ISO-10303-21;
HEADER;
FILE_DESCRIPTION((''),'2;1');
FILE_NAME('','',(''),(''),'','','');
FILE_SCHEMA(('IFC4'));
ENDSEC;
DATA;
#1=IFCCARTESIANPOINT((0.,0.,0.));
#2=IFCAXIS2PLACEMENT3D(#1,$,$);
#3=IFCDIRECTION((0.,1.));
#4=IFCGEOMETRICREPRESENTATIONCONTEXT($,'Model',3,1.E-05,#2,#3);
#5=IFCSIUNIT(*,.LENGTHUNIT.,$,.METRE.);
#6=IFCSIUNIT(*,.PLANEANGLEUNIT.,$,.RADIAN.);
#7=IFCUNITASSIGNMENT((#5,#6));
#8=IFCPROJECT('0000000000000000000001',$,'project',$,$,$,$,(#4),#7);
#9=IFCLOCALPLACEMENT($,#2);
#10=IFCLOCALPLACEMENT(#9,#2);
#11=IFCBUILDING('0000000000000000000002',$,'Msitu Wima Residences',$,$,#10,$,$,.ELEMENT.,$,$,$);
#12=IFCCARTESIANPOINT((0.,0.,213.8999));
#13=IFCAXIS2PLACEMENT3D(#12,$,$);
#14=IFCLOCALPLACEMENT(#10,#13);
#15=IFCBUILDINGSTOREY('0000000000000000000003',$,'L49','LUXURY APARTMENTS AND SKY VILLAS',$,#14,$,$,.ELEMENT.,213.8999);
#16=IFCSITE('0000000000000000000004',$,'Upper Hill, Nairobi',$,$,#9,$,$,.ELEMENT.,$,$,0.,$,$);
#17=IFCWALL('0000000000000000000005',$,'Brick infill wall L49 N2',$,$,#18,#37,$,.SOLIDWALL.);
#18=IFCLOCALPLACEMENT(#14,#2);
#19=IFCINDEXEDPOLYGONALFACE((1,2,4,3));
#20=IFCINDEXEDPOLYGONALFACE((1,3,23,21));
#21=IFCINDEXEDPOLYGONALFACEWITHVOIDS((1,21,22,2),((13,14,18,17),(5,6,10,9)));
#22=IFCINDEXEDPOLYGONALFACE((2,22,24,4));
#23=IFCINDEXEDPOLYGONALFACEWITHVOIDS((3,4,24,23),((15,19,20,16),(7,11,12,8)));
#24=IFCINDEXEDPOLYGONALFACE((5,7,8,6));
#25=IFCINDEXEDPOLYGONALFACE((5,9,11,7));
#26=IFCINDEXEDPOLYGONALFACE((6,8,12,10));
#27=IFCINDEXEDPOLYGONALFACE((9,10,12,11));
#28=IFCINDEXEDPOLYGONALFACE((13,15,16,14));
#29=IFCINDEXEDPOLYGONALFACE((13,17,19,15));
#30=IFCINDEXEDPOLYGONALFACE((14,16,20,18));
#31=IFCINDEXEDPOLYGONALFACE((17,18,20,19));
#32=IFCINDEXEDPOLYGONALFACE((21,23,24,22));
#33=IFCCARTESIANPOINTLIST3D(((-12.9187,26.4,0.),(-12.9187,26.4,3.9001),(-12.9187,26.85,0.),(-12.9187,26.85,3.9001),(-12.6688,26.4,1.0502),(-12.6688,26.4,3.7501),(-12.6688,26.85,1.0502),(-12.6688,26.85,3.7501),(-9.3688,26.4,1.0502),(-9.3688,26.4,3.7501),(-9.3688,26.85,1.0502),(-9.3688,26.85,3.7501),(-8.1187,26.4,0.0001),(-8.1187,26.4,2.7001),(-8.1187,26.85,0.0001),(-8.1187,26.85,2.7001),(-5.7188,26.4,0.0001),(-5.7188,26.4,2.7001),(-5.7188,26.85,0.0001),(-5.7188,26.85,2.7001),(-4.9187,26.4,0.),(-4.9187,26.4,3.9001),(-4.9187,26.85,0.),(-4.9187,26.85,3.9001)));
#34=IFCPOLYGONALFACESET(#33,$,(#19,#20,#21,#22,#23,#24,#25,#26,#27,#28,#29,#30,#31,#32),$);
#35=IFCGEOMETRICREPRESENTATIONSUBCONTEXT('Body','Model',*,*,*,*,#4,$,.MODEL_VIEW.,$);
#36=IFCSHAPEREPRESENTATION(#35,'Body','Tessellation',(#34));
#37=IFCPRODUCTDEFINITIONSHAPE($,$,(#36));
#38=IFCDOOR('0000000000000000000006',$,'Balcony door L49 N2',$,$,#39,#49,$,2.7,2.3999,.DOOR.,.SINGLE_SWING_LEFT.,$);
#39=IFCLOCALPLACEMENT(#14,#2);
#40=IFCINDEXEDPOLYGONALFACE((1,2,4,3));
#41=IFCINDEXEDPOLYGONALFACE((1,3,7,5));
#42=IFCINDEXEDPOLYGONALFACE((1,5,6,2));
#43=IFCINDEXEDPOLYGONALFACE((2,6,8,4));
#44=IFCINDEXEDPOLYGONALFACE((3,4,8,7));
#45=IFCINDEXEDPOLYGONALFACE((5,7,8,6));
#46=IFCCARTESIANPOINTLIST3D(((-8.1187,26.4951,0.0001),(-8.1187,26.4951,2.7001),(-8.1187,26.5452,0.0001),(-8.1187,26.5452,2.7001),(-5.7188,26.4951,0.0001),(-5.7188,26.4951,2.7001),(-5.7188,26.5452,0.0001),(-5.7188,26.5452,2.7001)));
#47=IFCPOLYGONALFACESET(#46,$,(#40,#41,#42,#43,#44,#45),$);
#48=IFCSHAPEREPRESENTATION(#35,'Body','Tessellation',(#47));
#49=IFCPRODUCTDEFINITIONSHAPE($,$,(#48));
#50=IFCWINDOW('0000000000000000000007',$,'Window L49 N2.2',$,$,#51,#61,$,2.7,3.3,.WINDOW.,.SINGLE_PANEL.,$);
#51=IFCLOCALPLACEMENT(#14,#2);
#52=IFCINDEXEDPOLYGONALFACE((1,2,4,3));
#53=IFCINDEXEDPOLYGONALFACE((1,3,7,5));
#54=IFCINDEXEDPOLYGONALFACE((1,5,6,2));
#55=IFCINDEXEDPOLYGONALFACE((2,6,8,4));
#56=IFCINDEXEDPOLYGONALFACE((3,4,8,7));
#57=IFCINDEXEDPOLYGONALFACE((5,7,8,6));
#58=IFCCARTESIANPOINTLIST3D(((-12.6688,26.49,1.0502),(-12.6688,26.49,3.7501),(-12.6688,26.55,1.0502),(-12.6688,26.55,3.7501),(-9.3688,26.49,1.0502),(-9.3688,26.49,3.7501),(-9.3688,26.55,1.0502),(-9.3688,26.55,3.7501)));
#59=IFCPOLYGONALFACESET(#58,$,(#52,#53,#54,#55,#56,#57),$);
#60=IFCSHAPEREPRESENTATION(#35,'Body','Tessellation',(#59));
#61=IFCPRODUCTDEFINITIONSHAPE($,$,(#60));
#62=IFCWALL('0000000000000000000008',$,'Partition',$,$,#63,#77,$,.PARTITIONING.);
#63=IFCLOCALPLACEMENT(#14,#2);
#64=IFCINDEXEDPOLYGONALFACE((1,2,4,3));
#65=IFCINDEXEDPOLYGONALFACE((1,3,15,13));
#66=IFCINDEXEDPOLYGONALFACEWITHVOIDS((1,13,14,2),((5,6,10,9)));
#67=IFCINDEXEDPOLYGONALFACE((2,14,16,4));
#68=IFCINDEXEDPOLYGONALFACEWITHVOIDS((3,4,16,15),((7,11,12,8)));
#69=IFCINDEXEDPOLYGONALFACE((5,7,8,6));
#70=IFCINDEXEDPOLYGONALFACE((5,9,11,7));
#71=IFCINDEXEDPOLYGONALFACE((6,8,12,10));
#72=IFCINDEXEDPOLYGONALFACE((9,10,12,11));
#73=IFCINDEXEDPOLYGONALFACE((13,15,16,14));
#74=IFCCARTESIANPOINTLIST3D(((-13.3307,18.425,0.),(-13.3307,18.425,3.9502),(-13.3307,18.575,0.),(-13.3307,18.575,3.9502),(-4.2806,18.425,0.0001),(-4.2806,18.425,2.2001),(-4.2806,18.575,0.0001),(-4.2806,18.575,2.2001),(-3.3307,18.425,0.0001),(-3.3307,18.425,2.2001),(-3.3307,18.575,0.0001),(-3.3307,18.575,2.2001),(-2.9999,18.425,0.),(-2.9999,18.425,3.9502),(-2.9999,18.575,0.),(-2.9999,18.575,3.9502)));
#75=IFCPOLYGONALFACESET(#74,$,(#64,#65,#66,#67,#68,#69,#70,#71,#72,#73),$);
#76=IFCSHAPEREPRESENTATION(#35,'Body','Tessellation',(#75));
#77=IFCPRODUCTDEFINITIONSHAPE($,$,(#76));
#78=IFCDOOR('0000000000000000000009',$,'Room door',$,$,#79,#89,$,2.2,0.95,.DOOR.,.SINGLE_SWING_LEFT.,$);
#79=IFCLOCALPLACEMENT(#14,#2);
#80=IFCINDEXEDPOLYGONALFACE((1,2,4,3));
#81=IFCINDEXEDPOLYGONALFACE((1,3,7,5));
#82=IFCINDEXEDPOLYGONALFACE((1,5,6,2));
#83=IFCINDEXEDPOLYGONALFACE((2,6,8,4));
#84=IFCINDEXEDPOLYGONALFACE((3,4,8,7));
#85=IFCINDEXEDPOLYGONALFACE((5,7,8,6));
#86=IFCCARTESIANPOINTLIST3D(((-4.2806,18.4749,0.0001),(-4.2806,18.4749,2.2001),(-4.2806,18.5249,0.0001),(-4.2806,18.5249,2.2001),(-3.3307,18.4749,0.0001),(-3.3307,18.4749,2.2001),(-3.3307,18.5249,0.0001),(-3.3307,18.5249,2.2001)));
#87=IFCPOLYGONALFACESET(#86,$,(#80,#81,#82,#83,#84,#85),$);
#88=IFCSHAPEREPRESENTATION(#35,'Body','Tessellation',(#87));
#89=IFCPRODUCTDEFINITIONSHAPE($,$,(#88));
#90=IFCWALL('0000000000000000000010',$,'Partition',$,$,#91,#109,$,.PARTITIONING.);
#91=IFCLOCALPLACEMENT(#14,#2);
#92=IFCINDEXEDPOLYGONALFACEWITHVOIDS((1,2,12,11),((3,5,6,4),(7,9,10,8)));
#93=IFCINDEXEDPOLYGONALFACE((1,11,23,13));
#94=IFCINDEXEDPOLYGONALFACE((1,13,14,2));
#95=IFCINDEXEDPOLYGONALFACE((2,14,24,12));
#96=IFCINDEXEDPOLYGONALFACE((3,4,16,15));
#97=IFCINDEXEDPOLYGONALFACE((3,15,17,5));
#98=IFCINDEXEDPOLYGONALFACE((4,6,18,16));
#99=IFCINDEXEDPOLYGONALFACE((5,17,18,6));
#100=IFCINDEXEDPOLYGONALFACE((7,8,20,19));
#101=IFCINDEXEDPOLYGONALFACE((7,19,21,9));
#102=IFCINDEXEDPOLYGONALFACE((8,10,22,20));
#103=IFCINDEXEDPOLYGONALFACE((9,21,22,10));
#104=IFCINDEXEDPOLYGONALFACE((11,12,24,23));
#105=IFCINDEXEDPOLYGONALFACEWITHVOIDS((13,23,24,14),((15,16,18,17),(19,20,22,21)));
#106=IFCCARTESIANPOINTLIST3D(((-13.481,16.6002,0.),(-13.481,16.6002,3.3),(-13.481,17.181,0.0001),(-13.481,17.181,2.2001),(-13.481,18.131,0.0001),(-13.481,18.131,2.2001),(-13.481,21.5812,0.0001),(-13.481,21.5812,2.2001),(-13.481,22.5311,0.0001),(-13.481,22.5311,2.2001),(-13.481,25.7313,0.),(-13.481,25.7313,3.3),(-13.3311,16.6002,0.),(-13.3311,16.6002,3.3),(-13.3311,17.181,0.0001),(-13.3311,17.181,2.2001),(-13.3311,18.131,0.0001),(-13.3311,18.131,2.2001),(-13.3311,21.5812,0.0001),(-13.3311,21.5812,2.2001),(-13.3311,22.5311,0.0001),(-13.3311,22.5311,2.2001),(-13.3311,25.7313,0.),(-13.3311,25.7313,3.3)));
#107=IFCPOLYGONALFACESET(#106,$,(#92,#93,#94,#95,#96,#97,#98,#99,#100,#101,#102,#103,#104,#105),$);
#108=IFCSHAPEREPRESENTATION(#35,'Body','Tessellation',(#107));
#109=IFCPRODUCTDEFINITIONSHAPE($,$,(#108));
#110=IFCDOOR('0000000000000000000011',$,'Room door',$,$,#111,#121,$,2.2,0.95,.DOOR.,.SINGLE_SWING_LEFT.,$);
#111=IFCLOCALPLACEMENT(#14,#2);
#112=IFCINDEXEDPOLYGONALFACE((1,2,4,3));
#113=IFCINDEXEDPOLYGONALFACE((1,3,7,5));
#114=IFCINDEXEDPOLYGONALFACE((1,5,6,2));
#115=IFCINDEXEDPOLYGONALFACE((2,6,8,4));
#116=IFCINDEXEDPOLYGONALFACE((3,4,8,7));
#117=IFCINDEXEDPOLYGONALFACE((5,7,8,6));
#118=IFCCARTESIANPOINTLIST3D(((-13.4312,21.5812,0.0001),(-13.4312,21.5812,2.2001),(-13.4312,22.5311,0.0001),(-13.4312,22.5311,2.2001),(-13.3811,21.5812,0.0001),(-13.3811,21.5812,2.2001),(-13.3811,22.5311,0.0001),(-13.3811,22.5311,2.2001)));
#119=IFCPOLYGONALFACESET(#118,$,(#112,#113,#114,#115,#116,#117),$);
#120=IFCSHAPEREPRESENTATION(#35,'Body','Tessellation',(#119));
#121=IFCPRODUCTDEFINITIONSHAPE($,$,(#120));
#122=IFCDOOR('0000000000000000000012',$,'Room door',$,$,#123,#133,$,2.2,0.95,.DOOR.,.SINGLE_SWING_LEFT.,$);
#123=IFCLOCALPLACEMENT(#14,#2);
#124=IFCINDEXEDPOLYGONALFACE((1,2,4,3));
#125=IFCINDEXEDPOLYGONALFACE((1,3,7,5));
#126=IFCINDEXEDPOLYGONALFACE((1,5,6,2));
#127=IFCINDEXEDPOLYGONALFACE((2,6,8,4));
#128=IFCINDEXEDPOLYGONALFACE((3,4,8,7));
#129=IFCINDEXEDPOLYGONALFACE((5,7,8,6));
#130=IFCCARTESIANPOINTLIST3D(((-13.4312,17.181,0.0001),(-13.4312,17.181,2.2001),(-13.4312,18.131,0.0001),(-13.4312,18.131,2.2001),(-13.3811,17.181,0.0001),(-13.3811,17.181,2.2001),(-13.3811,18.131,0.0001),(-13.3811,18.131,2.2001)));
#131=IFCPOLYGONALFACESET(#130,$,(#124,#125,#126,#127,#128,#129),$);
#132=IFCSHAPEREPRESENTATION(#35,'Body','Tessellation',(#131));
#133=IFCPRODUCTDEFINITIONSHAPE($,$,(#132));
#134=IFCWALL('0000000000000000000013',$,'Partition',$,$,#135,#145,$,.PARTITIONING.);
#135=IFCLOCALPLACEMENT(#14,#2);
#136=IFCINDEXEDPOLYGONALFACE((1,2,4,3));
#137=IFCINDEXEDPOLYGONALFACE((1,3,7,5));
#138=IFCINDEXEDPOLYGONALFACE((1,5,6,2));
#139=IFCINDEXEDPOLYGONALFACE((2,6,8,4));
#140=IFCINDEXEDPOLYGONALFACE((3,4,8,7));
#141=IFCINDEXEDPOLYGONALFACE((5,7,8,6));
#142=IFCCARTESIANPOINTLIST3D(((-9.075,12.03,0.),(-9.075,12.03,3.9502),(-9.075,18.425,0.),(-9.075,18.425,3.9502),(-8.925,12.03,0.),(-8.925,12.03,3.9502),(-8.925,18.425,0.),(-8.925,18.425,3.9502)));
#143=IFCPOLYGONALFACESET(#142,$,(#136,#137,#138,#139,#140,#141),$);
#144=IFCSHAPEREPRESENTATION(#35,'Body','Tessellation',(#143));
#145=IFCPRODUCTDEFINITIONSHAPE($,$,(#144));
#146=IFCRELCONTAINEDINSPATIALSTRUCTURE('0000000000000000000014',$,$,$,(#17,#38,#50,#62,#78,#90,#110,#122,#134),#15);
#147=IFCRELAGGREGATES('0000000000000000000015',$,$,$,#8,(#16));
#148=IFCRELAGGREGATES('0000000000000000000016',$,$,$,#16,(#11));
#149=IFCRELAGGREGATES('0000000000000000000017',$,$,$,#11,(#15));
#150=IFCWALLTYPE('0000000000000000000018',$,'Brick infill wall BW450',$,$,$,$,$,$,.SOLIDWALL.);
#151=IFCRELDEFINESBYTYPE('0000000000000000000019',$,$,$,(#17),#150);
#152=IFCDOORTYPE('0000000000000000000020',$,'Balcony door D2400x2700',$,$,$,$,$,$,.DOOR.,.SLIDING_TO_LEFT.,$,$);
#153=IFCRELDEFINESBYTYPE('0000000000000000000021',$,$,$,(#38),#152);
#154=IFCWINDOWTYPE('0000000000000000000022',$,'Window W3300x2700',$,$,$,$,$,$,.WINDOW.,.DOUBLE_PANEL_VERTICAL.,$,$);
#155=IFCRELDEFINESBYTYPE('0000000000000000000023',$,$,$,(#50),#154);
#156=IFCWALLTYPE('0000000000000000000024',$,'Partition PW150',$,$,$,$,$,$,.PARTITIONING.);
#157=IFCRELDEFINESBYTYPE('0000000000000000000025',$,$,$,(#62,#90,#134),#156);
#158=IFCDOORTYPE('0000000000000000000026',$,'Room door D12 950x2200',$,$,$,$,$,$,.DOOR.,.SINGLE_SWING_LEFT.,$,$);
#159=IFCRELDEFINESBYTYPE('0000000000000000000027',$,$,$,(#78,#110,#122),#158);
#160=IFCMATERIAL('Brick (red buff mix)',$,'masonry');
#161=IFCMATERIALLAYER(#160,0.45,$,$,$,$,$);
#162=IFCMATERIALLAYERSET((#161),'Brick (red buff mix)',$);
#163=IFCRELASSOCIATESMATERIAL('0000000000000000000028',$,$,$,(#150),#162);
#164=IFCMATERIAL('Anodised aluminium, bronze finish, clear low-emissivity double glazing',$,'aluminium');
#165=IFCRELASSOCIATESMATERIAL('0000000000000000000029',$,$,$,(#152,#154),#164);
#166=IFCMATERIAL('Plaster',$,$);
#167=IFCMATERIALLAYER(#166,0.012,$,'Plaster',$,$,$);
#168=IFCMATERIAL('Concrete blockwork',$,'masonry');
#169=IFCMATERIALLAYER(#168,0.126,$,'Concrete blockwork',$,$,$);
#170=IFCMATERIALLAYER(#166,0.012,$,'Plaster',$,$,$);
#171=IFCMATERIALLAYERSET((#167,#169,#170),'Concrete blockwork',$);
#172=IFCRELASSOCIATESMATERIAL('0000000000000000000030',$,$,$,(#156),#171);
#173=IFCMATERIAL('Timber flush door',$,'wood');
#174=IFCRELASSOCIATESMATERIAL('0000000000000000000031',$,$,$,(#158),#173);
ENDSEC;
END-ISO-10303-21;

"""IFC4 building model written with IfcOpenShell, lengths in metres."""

from ifc_helpers import new_model, si_unit, direction, frame, frame_2d, origin, place, context, subcontext, project, spatial, rectangle, extrude, material, layer, layer_set, type_object, element, fill, save


model = new_model("IFC4")

# Units and contexts
model_context = context("Model", 3, precision=1e-05, world=origin(), true_north=direction((0.0, 1.0)))
body_context = subcontext(model_context, "Body", "Model", "MODEL_VIEW")
ifc_project = project(units=[si_unit("LENGTHUNIT", "METRE"), si_unit("PLANEANGLEUNIT", "RADIAN")], contexts=[model_context])

# Site, building, storey
site_placement = place(None, origin())
site = spatial("IfcSite", under=ifc_project, at=site_placement, Name="Upper Hill, Nairobi", CompositionType="ELEMENT", RefElevation=0.0)
building_placement = place(site_placement, origin())
building = spatial("IfcBuilding", under=site, at=building_placement, Name="Msitu Wima Residences", CompositionType="ELEMENT")
storey_placement = place(building_placement, frame((0.0, 0.0, 213.8999)))
storey = spatial("IfcBuildingStorey", under=building, at=storey_placement, Name="L49", Description="LUXURY APARTMENTS AND SKY VILLAS", CompositionType="ELEMENT", Elevation=213.8999)

# Wall, openings, door, window
ifc_material_1 = material(Name="Brick (red buff mix)", Category="masonry")
ifc_layer_1 = layer(ifc_material_1, 0.45)
ifc_layer_set_1 = layer_set([ifc_layer_1], Name="Brick (red buff mix)")
wall_type_1 = type_object("IfcWallType", Name="Brick infill wall BW450", PredefinedType="SOLIDWALL", material=ifc_layer_set_1)
wall_1_placement = place(storey_placement, frame((-4.9187, 26.625, 0.0), z_axis=(0.0, 0.0, 1.0), x_axis=(-1.0, 0.0, 0.0)))
wall_1 = element("IfcWall", 1, at=wall_1_placement, inside=storey, type_object=wall_type_1, Name="Brick infill wall L49 N2", PredefinedType="SOLIDWALL", context=body_context, shape_type="SweptSolid", body=[
    extrude(rectangle(XDim=8.0, YDim=0.45, at=frame_2d((4.0, 0.0))), origin(), (0.0, 0.0, 1.0), 3.9001),
])
opening_1_placement = place(wall_1_placement, frame((0.8, 0.0, 0.0)))
opening_1 = element("IfcOpeningElement", 2, at=opening_1_placement, cuts=wall_1, PredefinedType="OPENING", context=body_context, shape_type="SweptSolid", body=[
    extrude(rectangle(XDim=2.3999, YDim=2.7, at=frame_2d((1.2, 1.3501))), frame((0.0, 0.2349, 0.0), z_axis=(0.0, -1.0, 0.0), x_axis=(1.0, 0.0, 0.0)), (0.0, 0.0, 1.0), 0.47),
])
opening_2_placement = place(wall_1_placement, frame((4.4502, 0.0, 1.05)))
opening_2 = element("IfcOpeningElement", 3, at=opening_2_placement, cuts=wall_1, PredefinedType="OPENING", context=body_context, shape_type="SweptSolid", body=[
    extrude(rectangle(XDim=3.3, YDim=2.7, at=frame_2d((1.6499, 1.3501))), frame((0.0, 0.2349, 0.0), z_axis=(0.0, -1.0, 0.0), x_axis=(1.0, 0.0, 0.0)), (0.0, 0.0, 1.0), 0.47),
])
ifc_material_2 = material(Name="Anodised aluminium, bronze finish, clear low-emissivity double glazing", Category="aluminium")
door_type_1 = type_object("IfcDoorType", Name="Balcony door D2400x2700", OperationType="SLIDING_TO_LEFT", PredefinedType="DOOR", material=ifc_material_2)
door_1_placement = place(opening_1_placement, origin())
door_1 = element("IfcDoor", 4, at=door_1_placement, inside=storey, type_object=door_type_1, Name="Balcony door L49 N2", OperationType="SINGLE_SWING_LEFT", OverallHeight=2.7, OverallWidth=2.3999, PredefinedType="DOOR", context=body_context, shape_type="SweptSolid", body=[
    extrude(rectangle(XDim=2.3999, YDim=2.7, at=frame_2d((1.2, 1.3501))), frame((0.0, 0.1299, 0.0), z_axis=(0.0, -1.0, 0.0), x_axis=(1.0, 0.0, 0.0)), (0.0, 0.0, 1.0), 0.05),
])
fill(opening_1, door_1)
window_type = type_object("IfcWindowType", Name="Window W3300x2700", PartitioningType="DOUBLE_PANEL_VERTICAL", PredefinedType="WINDOW", material=ifc_material_2)
window_placement = place(opening_2_placement, origin())
window = element("IfcWindow", 5, at=window_placement, inside=storey, type_object=window_type, Name="Window L49 N2.2", OverallHeight=2.7, OverallWidth=3.3, PartitioningType="SINGLE_PANEL", PredefinedType="WINDOW", context=body_context, shape_type="SweptSolid", body=[
    extrude(rectangle(XDim=3.3, YDim=2.7, at=frame_2d((1.6499, 1.3501))), frame((0.0, 0.135, 0.0), z_axis=(0.0, -1.0, 0.0), x_axis=(1.0, 0.0, 0.0)), (0.0, 0.0, 1.0), 0.0601),
])
fill(opening_2, window)

# Wall, opening, door
ifc_material_3 = material(Name="Plaster")
ifc_layer_2 = layer(ifc_material_3, 0.012, Name="Plaster")
ifc_material_4 = material(Name="Concrete blockwork", Category="masonry")
ifc_layer_3 = layer(ifc_material_4, 0.126, Name="Concrete blockwork")
ifc_layer_4 = layer(ifc_material_3, 0.012, Name="Plaster")
ifc_layer_set_2 = layer_set([ifc_layer_2, ifc_layer_3, ifc_layer_4], Name="Concrete blockwork")
wall_type_2 = type_object("IfcWallType", Name="Partition PW150", PredefinedType="PARTITIONING", material=ifc_layer_set_2)
wall_2_placement = place(storey_placement, frame((-13.3308, 18.5, 0.0), z_axis=(0.0, 0.0, 1.0), x_axis=(1.0, 0.0, 0.0)))
wall_2 = element("IfcWall", 6, at=wall_2_placement, inside=storey, type_object=wall_type_2, Name="Partition", PredefinedType="PARTITIONING", context=body_context, shape_type="SweptSolid", body=[
    extrude(rectangle(XDim=10.3308, YDim=0.1499, at=frame_2d((5.1655, 0.0))), origin(), (0.0, 0.0, 1.0), 3.9502),
])
opening_3_placement = place(wall_2_placement, frame((9.05, 0.0, 0.0)))
opening_3 = element("IfcOpeningElement", 7, at=opening_3_placement, cuts=wall_2, PredefinedType="OPENING", context=body_context, shape_type="SweptSolid", body=[
    extrude(rectangle(XDim=0.95, YDim=2.2, at=frame_2d((0.4751, 1.1001))), frame((0.0, 0.085, 0.0), z_axis=(0.0, -1.0, 0.0), x_axis=(1.0, 0.0, 0.0)), (0.0, 0.0, 1.0), 0.1699),
])
ifc_material_5 = material(Name="Timber flush door", Category="wood")
door_type_2 = type_object("IfcDoorType", Name="Room door D12 950x2200", OperationType="SINGLE_SWING_LEFT", PredefinedType="DOOR", material=ifc_material_5)
door_2_placement = place(opening_3_placement, origin())
door_2 = element("IfcDoor", 8, at=door_2_placement, inside=storey, type_object=door_type_2, Name="Room door", OperationType="SINGLE_SWING_LEFT", OverallHeight=2.2, OverallWidth=0.95, PredefinedType="DOOR", context=body_context, shape_type="SweptSolid", body=[
    extrude(rectangle(XDim=0.95, YDim=2.2, at=frame_2d((0.4751, 1.1001))), frame((0.0, 0.0249, 0.0), z_axis=(0.0, -1.0, 0.0), x_axis=(1.0, 0.0, 0.0)), (0.0, 0.0, 1.0), 0.05),
])
fill(opening_3, door_2)

# Wall, openings, doors
wall_3_placement = place(storey_placement, frame((-13.406, 25.7312, 0.0), z_axis=(0.0, 0.0, 1.0), x_axis=(0.0, -1.0, 0.0)))
wall_3 = element("IfcWall", 9, at=wall_3_placement, inside=storey, type_object=wall_type_2, Name="Partition", PredefinedType="PARTITIONING", context=body_context, shape_type="SweptSolid", body=[
    extrude(rectangle(XDim=9.1311, YDim=0.1499, at=frame_2d((4.5654, 0.0))), origin(), (0.0, 0.0, 1.0), 3.3),
])
opening_4_placement = place(wall_3_placement, frame((3.2, 0.0, 0.0)))
opening_4 = element("IfcOpeningElement", 10, at=opening_4_placement, cuts=wall_3, PredefinedType="OPENING", context=body_context, shape_type="SweptSolid", body=[
    extrude(rectangle(XDim=0.95, YDim=2.2, at=frame_2d((0.4751, 1.1001))), frame((0.0, 0.085, 0.0), z_axis=(0.0, -1.0, 0.0), x_axis=(1.0, 0.0, 0.0)), (0.0, 0.0, 1.0), 0.1699),
])
opening_5_placement = place(wall_3_placement, frame((7.6001, 0.0, 0.0)))
opening_5 = element("IfcOpeningElement", 11, at=opening_5_placement, cuts=wall_3, PredefinedType="OPENING", context=body_context, shape_type="SweptSolid", body=[
    extrude(rectangle(XDim=0.95, YDim=2.2, at=frame_2d((0.4751, 1.1001))), frame((0.0, 0.085, 0.0), z_axis=(0.0, -1.0, 0.0), x_axis=(1.0, 0.0, 0.0)), (0.0, 0.0, 1.0), 0.1699),
])
door_3_placement = place(opening_4_placement, origin())
door_3 = element("IfcDoor", 12, at=door_3_placement, inside=storey, type_object=door_type_2, Name="Room door", OperationType="SINGLE_SWING_LEFT", OverallHeight=2.2, OverallWidth=0.95, PredefinedType="DOOR", context=body_context, shape_type="SweptSolid", body=[
    extrude(rectangle(XDim=0.95, YDim=2.2, at=frame_2d((0.4751, 1.1001))), frame((0.0, 0.0249, 0.0), z_axis=(0.0, -1.0, 0.0), x_axis=(1.0, 0.0, 0.0)), (0.0, 0.0, 1.0), 0.05),
])
fill(opening_4, door_3)
door_4_placement = place(opening_5_placement, origin())
door_4 = element("IfcDoor", 13, at=door_4_placement, inside=storey, type_object=door_type_2, Name="Room door", OperationType="SINGLE_SWING_LEFT", OverallHeight=2.2, OverallWidth=0.95, PredefinedType="DOOR", context=body_context, shape_type="SweptSolid", body=[
    extrude(rectangle(XDim=0.95, YDim=2.2, at=frame_2d((0.4751, 1.1001))), frame((0.0, 0.0249, 0.0), z_axis=(0.0, -1.0, 0.0), x_axis=(1.0, 0.0, 0.0)), (0.0, 0.0, 1.0), 0.05),
])
fill(opening_5, door_4)

# Wall
wall_4_placement = place(storey_placement, frame((-9.0, 12.03, 0.0), z_axis=(0.0, 0.0, 1.0), x_axis=(0.0, 1.0, 0.0)))
element("IfcWall", 14, at=wall_4_placement, inside=storey, type_object=wall_type_2, Name="Partition", PredefinedType="PARTITIONING", context=body_context, shape_type="SweptSolid", body=[
    extrude(rectangle(XDim=6.395, YDim=0.1499, at=frame_2d((3.1975, 0.0))), origin(), (0.0, 0.0, 1.0), 3.9502),
])

save(model, "model.ifc")
